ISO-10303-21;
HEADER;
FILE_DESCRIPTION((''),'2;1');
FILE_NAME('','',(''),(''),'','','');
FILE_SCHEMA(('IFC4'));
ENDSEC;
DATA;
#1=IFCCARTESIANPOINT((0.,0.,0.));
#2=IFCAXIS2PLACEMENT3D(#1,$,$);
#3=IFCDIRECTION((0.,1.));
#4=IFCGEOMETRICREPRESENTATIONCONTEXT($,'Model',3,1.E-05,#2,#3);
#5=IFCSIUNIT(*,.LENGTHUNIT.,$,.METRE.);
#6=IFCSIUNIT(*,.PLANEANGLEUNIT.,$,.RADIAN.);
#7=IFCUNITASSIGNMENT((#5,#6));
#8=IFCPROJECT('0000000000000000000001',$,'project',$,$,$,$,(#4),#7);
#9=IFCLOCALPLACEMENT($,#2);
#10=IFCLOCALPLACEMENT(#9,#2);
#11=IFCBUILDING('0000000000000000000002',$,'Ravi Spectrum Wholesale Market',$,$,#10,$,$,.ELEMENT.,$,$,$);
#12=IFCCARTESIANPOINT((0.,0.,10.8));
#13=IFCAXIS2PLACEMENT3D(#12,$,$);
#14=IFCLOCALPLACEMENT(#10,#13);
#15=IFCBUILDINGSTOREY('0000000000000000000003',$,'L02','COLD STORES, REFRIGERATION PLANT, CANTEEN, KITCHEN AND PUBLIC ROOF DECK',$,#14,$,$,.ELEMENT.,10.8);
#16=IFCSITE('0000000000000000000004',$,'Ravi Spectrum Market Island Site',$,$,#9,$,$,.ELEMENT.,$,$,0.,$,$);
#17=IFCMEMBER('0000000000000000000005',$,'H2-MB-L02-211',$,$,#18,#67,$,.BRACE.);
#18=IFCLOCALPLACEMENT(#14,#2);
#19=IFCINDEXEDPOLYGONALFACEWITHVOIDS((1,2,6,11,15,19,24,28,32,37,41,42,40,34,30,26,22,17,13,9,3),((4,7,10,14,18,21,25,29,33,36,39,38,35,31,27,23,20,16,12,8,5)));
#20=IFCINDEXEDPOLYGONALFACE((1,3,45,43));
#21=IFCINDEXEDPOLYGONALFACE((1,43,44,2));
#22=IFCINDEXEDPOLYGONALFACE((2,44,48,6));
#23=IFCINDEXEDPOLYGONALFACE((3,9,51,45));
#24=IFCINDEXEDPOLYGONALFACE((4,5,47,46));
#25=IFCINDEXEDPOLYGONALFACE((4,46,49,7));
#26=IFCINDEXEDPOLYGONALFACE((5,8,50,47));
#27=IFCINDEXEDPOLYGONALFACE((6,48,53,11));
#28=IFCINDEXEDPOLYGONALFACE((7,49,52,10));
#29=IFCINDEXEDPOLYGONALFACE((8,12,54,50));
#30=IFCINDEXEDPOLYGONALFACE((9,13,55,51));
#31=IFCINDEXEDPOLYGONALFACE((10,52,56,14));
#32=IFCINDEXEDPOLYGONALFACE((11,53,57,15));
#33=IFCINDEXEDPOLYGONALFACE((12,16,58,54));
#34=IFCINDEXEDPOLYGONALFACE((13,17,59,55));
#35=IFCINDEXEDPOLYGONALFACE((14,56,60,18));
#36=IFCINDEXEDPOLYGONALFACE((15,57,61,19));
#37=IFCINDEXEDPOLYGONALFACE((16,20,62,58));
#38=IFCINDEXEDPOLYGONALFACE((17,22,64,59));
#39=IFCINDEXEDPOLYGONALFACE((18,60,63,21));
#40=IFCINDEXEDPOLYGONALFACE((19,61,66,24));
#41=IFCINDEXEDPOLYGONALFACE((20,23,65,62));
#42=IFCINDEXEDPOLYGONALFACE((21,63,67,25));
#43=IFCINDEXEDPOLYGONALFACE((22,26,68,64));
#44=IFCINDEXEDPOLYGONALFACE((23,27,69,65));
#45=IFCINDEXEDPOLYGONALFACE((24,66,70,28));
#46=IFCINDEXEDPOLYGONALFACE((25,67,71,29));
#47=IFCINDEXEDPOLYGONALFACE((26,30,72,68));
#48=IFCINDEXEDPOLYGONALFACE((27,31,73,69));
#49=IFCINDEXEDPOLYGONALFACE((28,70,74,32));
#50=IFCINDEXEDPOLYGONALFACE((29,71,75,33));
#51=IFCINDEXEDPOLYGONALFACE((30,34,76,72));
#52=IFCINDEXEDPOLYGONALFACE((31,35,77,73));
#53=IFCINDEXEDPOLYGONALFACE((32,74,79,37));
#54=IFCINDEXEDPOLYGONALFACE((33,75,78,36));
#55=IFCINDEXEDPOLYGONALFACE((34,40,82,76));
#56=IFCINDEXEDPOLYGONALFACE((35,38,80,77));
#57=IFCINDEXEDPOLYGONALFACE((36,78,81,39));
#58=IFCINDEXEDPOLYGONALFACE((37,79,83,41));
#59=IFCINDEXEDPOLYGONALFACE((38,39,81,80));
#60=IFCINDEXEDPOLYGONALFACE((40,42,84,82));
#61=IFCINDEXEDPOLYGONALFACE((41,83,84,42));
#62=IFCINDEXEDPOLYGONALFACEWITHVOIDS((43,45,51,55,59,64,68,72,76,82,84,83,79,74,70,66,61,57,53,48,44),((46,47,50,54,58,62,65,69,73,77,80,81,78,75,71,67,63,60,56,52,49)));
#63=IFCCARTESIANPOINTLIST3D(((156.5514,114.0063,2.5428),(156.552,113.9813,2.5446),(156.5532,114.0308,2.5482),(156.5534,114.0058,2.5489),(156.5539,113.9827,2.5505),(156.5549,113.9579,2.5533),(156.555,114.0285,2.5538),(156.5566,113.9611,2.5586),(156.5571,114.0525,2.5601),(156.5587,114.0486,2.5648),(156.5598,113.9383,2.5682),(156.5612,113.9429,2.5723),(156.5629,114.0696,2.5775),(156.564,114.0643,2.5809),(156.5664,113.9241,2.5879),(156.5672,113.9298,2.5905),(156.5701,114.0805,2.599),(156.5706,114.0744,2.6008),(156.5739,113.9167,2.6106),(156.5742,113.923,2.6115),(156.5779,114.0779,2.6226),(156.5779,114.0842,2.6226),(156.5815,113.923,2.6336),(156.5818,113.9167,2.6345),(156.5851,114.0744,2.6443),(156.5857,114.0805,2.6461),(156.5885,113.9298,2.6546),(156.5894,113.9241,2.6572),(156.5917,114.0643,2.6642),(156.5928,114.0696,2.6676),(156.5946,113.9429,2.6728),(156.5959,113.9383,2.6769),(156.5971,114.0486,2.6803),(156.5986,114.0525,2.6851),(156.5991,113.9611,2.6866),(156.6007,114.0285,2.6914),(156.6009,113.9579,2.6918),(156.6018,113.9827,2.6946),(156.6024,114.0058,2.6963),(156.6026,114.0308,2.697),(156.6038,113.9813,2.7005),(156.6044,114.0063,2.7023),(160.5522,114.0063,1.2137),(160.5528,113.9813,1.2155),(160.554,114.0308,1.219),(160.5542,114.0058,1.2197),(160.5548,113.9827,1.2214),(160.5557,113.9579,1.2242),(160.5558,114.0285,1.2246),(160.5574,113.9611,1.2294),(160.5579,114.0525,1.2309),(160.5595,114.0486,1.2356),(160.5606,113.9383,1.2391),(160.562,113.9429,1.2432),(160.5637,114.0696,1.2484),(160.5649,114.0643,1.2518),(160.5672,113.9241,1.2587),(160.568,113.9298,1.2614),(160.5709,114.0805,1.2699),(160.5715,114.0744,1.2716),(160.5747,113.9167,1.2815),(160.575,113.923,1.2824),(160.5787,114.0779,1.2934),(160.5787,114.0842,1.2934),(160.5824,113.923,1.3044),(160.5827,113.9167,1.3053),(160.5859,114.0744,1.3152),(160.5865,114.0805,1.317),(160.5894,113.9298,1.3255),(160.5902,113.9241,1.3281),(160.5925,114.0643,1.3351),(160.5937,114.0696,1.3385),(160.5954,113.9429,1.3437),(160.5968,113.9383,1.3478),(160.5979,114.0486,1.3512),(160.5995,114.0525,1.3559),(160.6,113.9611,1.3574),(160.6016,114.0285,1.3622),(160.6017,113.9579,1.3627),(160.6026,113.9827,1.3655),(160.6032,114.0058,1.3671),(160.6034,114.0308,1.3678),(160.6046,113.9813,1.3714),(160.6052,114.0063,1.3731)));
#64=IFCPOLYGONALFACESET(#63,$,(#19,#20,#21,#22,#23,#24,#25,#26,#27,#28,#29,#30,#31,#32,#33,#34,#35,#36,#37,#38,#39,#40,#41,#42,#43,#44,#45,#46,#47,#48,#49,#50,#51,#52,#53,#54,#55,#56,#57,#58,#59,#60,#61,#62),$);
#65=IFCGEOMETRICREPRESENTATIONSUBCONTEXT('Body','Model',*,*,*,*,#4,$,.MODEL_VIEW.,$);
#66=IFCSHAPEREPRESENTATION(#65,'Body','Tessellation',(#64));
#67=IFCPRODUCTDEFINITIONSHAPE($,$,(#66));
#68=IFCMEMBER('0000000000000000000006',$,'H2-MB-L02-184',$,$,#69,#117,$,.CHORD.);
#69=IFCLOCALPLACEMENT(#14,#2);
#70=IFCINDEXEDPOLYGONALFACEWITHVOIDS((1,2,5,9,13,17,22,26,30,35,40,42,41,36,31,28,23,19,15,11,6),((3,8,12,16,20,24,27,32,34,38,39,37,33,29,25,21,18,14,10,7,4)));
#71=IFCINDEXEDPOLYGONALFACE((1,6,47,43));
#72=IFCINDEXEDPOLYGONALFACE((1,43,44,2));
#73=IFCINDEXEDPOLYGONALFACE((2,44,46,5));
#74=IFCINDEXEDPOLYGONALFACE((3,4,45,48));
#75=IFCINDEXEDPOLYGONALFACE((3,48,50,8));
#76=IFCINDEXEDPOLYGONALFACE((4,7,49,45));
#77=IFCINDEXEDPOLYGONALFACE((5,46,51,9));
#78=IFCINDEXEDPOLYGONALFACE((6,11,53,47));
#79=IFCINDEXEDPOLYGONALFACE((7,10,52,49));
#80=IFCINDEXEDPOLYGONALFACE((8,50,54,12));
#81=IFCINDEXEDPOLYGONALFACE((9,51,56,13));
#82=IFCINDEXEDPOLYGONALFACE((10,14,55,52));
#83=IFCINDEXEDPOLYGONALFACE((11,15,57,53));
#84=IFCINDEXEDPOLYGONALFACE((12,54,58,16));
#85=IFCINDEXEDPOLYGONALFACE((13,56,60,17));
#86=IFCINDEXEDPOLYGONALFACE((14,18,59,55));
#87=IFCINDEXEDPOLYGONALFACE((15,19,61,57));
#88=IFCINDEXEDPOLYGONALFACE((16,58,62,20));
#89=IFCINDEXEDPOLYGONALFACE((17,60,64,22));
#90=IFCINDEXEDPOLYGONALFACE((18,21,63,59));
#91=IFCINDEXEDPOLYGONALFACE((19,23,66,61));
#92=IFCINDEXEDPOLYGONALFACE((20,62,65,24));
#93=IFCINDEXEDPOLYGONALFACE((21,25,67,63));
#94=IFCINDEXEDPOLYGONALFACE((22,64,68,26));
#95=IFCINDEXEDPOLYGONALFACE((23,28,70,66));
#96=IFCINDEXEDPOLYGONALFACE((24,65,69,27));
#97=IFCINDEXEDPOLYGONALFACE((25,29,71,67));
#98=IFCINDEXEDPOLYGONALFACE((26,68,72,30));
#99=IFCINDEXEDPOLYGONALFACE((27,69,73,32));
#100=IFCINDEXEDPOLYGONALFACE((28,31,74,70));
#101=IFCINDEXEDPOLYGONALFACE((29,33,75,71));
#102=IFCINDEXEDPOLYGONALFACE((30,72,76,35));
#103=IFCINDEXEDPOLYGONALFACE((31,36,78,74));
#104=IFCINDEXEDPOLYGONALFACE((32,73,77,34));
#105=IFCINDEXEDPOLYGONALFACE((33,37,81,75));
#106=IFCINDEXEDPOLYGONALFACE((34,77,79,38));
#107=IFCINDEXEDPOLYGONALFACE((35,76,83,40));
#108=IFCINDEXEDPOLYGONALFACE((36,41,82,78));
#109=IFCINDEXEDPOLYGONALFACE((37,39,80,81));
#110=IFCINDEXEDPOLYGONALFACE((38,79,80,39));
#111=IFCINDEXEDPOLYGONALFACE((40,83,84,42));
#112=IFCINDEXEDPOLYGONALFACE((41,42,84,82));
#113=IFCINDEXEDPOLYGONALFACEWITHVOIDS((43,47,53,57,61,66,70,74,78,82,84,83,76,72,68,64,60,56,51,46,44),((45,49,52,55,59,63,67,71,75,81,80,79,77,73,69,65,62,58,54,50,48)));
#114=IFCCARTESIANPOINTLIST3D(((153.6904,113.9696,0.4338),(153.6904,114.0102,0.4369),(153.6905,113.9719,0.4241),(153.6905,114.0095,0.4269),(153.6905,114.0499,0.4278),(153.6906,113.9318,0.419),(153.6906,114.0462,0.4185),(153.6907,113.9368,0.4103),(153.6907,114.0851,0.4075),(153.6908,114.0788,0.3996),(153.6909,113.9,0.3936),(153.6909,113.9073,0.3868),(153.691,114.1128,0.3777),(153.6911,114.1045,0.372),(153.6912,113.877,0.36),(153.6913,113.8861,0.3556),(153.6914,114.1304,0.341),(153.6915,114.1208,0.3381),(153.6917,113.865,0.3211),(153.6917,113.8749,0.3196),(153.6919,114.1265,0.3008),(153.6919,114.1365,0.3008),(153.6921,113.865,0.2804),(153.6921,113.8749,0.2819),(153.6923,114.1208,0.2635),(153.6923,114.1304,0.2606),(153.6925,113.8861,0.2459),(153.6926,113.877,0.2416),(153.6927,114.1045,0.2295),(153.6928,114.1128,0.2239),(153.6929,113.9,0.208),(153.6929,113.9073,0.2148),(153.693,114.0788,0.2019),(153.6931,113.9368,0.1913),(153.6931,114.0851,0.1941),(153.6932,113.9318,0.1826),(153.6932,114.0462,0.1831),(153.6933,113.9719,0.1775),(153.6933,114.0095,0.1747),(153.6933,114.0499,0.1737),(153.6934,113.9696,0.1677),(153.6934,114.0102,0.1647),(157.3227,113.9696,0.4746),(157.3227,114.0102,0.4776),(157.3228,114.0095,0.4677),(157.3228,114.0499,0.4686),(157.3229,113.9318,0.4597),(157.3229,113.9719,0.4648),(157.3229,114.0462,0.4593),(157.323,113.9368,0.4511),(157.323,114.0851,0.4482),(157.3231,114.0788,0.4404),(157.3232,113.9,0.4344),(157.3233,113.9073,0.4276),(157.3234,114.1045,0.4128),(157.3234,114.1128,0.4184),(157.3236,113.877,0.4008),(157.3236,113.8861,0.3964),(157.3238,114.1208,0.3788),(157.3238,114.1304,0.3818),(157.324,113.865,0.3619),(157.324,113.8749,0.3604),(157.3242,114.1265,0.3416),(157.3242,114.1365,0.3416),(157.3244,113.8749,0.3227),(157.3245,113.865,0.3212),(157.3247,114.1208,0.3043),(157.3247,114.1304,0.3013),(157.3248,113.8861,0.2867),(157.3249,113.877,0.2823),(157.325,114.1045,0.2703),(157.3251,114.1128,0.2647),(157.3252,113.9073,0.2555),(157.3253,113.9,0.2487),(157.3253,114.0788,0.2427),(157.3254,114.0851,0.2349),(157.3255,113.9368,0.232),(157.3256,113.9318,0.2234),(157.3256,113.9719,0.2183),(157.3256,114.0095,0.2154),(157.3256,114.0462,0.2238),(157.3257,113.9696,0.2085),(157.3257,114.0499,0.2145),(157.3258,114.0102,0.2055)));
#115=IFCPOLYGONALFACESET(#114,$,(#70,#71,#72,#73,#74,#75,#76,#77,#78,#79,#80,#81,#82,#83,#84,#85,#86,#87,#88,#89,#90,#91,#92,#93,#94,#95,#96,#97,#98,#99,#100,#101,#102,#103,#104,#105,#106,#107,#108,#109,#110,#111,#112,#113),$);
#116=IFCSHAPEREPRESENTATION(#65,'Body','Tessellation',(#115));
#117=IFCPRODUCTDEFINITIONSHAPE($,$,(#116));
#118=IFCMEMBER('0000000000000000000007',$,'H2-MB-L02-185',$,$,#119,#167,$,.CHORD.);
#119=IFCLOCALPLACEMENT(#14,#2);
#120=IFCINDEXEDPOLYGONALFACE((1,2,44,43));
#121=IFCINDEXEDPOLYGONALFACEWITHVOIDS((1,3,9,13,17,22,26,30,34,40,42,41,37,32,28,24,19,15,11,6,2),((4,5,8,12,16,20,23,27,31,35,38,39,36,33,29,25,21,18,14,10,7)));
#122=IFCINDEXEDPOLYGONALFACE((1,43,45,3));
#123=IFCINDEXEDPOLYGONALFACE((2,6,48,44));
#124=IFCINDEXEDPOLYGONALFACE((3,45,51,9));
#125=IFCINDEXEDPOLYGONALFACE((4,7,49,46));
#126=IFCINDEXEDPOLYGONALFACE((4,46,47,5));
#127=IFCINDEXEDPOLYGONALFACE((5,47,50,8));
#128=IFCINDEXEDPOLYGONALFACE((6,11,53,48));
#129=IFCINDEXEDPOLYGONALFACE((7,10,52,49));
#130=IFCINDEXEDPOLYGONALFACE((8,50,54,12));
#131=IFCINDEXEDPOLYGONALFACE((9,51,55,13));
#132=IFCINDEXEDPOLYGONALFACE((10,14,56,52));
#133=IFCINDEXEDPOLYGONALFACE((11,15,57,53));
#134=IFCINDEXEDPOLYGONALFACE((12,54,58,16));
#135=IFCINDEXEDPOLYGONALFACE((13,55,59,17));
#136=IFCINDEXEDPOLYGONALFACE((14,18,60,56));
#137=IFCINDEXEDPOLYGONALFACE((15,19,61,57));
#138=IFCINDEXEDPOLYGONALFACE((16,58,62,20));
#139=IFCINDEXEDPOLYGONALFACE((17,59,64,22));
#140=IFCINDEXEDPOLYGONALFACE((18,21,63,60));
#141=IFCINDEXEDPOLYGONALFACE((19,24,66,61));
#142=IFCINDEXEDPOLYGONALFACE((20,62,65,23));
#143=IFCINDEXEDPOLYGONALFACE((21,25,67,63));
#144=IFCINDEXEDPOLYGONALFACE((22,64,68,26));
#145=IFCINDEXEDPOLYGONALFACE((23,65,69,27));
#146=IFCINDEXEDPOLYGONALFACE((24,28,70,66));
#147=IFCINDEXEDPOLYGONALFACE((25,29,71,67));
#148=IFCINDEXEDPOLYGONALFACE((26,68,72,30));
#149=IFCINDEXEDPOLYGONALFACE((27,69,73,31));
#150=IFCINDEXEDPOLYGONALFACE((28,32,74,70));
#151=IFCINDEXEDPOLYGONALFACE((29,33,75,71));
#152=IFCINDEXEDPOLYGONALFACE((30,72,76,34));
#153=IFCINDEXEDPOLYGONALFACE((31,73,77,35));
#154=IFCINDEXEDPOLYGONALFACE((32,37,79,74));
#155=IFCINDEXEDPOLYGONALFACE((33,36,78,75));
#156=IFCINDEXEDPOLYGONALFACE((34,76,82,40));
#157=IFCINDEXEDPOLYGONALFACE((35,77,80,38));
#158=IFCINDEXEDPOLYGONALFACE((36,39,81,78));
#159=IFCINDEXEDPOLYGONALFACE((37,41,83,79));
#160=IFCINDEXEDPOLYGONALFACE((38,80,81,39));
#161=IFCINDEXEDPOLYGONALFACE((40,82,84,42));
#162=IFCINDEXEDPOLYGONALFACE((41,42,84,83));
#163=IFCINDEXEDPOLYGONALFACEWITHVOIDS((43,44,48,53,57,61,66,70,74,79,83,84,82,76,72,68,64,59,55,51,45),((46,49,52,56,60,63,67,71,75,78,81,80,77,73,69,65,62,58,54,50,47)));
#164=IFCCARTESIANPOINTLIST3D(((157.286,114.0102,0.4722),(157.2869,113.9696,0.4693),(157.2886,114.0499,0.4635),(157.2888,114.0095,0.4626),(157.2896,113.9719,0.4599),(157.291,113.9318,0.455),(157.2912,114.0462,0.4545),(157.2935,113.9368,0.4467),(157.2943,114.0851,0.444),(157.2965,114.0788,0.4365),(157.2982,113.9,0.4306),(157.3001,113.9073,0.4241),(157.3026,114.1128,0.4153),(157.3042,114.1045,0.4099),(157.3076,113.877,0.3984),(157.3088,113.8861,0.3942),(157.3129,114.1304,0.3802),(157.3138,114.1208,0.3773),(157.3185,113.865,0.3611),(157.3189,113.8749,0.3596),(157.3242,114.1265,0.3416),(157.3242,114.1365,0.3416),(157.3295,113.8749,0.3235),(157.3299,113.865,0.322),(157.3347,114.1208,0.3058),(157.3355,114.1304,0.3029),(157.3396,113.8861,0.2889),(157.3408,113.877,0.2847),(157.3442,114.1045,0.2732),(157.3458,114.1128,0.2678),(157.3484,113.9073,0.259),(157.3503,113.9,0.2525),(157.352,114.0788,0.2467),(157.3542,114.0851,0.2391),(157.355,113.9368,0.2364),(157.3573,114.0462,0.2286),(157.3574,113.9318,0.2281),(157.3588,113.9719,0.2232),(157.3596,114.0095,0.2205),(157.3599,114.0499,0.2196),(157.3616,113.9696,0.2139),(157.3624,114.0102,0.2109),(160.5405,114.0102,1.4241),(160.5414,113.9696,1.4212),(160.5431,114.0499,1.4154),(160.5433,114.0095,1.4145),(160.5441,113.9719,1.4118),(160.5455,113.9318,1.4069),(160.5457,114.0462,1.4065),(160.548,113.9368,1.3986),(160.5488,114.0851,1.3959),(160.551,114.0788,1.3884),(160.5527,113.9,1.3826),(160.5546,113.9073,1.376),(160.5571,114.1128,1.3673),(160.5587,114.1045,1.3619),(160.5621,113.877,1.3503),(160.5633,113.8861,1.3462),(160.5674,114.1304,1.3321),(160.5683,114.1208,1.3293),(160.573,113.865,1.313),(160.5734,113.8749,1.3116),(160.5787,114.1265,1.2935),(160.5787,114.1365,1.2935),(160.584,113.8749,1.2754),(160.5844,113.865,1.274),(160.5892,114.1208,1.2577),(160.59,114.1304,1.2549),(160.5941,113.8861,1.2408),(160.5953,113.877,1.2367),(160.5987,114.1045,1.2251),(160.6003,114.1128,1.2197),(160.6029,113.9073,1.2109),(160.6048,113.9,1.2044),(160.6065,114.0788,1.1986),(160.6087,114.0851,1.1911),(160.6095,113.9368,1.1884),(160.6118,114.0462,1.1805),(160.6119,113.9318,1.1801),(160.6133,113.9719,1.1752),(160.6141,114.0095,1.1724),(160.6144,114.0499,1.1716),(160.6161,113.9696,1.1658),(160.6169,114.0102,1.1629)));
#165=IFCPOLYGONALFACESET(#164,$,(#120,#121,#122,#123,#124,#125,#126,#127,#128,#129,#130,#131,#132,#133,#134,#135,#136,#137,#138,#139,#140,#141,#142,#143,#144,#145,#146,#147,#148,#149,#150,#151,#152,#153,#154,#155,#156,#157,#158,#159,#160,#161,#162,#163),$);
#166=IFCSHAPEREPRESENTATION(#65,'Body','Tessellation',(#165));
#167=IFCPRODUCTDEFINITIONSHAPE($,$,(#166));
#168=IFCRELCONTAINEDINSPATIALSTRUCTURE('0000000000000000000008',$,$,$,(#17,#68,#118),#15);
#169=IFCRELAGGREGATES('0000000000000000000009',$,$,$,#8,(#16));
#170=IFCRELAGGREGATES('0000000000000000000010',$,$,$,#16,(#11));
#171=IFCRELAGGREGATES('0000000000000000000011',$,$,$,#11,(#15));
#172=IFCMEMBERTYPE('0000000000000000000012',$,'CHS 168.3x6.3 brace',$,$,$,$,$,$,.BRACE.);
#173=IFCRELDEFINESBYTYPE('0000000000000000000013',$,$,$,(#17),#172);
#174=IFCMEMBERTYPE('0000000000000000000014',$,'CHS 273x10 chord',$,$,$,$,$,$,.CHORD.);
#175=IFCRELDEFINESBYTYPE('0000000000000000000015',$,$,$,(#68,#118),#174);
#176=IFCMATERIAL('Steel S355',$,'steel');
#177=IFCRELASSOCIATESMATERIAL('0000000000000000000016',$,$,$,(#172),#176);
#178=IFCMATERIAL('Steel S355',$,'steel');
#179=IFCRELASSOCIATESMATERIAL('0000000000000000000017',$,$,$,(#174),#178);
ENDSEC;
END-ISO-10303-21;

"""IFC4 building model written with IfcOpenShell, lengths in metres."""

from ifc_helpers import new_model, si_unit, direction, frame, origin, origin_2d, place, context, subcontext, project, spatial, hollow_circle, extrude, material, material_profile, profile_set, type_object, element, save


model = new_model("IFC4")

# Units and contexts
model_context = context("Model", 3, precision=1e-05, world=origin(), true_north=direction((0.0, 1.0)))
body_context = subcontext(model_context, "Body", "Model", "MODEL_VIEW")
ifc_project = project(units=[si_unit("LENGTHUNIT", "METRE"), si_unit("PLANEANGLEUNIT", "RADIAN")], contexts=[model_context])

# Site, building, storey
site_placement = place(None, origin())
site = spatial("IfcSite", under=ifc_project, at=site_placement, Name="Ravi Spectrum Market Island Site", CompositionType="ELEMENT", RefElevation=0.0)
building_placement = place(site_placement, origin())
building = spatial("IfcBuilding", under=site, at=building_placement, Name="Ravi Spectrum Wholesale Market", CompositionType="ELEMENT")
storey_placement = place(building_placement, frame((0.0, 0.0, 10.8)))
storey = spatial("IfcBuildingStorey", under=building, at=storey_placement, Name="L02", Description="COLD STORES, REFRIGERATION PLANT, CANTEEN, KITCHEN AND PUBLIC ROOF DECK", CompositionType="ELEMENT", Elevation=10.8)

# Members
ifc_material_1 = material(Name="Steel S355", Category="steel")
ifc_material_profile_1 = material_profile(ifc_material_1, hollow_circle(Radius=0.0842, WallThickness=0.0063, at=origin_2d()))
ifc_profile_set_1 = profile_set([ifc_material_profile_1], Name="Steel S355")
member_type_1 = type_object("IfcMemberType", Name="CHS 168.3x6.3 brace", PredefinedType="BRACE", material=ifc_profile_set_1)
member_1_placement = place(storey_placement, frame((156.5779, 114.0, 2.6226), z_axis=(0.949001, 0.0, -0.315272), x_axis=(0.0, 1.0, 0.0)))
element("IfcMember", 1, at=member_1_placement, inside=storey, type_object=member_type_1, Name="H2-MB-L02-211", PredefinedType="BRACE", context=body_context, shape_type="SweptSolid", body=[
    extrude(hollow_circle(Radius=0.0842, WallThickness=0.0063, at=origin_2d()), origin(), (0.0, 0.0, 1.0), 4.2158),
])
ifc_material_2 = material(Name="Steel S355", Category="steel")
ifc_material_profile_2 = material_profile(ifc_material_2, hollow_circle(Radius=0.1365, WallThickness=0.01, at=origin_2d()))
ifc_profile_set_2 = profile_set([ifc_material_profile_2], Name="Steel S355")
member_type_2 = type_object("IfcMemberType", Name="CHS 273x10 chord", PredefinedType="CHORD", material=ifc_profile_set_2)
member_2_placement = place(storey_placement, frame((153.6919, 114.0, 0.3008), z_axis=(0.999937, 0.0, 0.011224), x_axis=(0.0, 1.0, 0.0)))
element("IfcMember", 2, at=member_2_placement, inside=storey, type_object=member_type_2, Name="H2-MB-L02-184", PredefinedType="CHORD", context=body_context, shape_type="SweptSolid", body=[
    extrude(hollow_circle(Radius=0.1365, WallThickness=0.01, at=origin_2d()), origin(), (0.0, 0.0, 1.0), 3.6326),
])
member_3_placement = place(storey_placement, frame((157.3242, 114.0, 0.3416), z_axis=(0.959785, 0.0, 0.280735), x_axis=(0.0, 1.0, 0.0)))
element("IfcMember", 3, at=member_3_placement, inside=storey, type_object=member_type_2, Name="H2-MB-L02-185", PredefinedType="CHORD", context=body_context, shape_type="SweptSolid", body=[
    extrude(hollow_circle(Radius=0.1365, WallThickness=0.01, at=origin_2d()), origin(), (0.0, 0.0, 1.0), 3.3909),
])

save(model, "model.ifc")
